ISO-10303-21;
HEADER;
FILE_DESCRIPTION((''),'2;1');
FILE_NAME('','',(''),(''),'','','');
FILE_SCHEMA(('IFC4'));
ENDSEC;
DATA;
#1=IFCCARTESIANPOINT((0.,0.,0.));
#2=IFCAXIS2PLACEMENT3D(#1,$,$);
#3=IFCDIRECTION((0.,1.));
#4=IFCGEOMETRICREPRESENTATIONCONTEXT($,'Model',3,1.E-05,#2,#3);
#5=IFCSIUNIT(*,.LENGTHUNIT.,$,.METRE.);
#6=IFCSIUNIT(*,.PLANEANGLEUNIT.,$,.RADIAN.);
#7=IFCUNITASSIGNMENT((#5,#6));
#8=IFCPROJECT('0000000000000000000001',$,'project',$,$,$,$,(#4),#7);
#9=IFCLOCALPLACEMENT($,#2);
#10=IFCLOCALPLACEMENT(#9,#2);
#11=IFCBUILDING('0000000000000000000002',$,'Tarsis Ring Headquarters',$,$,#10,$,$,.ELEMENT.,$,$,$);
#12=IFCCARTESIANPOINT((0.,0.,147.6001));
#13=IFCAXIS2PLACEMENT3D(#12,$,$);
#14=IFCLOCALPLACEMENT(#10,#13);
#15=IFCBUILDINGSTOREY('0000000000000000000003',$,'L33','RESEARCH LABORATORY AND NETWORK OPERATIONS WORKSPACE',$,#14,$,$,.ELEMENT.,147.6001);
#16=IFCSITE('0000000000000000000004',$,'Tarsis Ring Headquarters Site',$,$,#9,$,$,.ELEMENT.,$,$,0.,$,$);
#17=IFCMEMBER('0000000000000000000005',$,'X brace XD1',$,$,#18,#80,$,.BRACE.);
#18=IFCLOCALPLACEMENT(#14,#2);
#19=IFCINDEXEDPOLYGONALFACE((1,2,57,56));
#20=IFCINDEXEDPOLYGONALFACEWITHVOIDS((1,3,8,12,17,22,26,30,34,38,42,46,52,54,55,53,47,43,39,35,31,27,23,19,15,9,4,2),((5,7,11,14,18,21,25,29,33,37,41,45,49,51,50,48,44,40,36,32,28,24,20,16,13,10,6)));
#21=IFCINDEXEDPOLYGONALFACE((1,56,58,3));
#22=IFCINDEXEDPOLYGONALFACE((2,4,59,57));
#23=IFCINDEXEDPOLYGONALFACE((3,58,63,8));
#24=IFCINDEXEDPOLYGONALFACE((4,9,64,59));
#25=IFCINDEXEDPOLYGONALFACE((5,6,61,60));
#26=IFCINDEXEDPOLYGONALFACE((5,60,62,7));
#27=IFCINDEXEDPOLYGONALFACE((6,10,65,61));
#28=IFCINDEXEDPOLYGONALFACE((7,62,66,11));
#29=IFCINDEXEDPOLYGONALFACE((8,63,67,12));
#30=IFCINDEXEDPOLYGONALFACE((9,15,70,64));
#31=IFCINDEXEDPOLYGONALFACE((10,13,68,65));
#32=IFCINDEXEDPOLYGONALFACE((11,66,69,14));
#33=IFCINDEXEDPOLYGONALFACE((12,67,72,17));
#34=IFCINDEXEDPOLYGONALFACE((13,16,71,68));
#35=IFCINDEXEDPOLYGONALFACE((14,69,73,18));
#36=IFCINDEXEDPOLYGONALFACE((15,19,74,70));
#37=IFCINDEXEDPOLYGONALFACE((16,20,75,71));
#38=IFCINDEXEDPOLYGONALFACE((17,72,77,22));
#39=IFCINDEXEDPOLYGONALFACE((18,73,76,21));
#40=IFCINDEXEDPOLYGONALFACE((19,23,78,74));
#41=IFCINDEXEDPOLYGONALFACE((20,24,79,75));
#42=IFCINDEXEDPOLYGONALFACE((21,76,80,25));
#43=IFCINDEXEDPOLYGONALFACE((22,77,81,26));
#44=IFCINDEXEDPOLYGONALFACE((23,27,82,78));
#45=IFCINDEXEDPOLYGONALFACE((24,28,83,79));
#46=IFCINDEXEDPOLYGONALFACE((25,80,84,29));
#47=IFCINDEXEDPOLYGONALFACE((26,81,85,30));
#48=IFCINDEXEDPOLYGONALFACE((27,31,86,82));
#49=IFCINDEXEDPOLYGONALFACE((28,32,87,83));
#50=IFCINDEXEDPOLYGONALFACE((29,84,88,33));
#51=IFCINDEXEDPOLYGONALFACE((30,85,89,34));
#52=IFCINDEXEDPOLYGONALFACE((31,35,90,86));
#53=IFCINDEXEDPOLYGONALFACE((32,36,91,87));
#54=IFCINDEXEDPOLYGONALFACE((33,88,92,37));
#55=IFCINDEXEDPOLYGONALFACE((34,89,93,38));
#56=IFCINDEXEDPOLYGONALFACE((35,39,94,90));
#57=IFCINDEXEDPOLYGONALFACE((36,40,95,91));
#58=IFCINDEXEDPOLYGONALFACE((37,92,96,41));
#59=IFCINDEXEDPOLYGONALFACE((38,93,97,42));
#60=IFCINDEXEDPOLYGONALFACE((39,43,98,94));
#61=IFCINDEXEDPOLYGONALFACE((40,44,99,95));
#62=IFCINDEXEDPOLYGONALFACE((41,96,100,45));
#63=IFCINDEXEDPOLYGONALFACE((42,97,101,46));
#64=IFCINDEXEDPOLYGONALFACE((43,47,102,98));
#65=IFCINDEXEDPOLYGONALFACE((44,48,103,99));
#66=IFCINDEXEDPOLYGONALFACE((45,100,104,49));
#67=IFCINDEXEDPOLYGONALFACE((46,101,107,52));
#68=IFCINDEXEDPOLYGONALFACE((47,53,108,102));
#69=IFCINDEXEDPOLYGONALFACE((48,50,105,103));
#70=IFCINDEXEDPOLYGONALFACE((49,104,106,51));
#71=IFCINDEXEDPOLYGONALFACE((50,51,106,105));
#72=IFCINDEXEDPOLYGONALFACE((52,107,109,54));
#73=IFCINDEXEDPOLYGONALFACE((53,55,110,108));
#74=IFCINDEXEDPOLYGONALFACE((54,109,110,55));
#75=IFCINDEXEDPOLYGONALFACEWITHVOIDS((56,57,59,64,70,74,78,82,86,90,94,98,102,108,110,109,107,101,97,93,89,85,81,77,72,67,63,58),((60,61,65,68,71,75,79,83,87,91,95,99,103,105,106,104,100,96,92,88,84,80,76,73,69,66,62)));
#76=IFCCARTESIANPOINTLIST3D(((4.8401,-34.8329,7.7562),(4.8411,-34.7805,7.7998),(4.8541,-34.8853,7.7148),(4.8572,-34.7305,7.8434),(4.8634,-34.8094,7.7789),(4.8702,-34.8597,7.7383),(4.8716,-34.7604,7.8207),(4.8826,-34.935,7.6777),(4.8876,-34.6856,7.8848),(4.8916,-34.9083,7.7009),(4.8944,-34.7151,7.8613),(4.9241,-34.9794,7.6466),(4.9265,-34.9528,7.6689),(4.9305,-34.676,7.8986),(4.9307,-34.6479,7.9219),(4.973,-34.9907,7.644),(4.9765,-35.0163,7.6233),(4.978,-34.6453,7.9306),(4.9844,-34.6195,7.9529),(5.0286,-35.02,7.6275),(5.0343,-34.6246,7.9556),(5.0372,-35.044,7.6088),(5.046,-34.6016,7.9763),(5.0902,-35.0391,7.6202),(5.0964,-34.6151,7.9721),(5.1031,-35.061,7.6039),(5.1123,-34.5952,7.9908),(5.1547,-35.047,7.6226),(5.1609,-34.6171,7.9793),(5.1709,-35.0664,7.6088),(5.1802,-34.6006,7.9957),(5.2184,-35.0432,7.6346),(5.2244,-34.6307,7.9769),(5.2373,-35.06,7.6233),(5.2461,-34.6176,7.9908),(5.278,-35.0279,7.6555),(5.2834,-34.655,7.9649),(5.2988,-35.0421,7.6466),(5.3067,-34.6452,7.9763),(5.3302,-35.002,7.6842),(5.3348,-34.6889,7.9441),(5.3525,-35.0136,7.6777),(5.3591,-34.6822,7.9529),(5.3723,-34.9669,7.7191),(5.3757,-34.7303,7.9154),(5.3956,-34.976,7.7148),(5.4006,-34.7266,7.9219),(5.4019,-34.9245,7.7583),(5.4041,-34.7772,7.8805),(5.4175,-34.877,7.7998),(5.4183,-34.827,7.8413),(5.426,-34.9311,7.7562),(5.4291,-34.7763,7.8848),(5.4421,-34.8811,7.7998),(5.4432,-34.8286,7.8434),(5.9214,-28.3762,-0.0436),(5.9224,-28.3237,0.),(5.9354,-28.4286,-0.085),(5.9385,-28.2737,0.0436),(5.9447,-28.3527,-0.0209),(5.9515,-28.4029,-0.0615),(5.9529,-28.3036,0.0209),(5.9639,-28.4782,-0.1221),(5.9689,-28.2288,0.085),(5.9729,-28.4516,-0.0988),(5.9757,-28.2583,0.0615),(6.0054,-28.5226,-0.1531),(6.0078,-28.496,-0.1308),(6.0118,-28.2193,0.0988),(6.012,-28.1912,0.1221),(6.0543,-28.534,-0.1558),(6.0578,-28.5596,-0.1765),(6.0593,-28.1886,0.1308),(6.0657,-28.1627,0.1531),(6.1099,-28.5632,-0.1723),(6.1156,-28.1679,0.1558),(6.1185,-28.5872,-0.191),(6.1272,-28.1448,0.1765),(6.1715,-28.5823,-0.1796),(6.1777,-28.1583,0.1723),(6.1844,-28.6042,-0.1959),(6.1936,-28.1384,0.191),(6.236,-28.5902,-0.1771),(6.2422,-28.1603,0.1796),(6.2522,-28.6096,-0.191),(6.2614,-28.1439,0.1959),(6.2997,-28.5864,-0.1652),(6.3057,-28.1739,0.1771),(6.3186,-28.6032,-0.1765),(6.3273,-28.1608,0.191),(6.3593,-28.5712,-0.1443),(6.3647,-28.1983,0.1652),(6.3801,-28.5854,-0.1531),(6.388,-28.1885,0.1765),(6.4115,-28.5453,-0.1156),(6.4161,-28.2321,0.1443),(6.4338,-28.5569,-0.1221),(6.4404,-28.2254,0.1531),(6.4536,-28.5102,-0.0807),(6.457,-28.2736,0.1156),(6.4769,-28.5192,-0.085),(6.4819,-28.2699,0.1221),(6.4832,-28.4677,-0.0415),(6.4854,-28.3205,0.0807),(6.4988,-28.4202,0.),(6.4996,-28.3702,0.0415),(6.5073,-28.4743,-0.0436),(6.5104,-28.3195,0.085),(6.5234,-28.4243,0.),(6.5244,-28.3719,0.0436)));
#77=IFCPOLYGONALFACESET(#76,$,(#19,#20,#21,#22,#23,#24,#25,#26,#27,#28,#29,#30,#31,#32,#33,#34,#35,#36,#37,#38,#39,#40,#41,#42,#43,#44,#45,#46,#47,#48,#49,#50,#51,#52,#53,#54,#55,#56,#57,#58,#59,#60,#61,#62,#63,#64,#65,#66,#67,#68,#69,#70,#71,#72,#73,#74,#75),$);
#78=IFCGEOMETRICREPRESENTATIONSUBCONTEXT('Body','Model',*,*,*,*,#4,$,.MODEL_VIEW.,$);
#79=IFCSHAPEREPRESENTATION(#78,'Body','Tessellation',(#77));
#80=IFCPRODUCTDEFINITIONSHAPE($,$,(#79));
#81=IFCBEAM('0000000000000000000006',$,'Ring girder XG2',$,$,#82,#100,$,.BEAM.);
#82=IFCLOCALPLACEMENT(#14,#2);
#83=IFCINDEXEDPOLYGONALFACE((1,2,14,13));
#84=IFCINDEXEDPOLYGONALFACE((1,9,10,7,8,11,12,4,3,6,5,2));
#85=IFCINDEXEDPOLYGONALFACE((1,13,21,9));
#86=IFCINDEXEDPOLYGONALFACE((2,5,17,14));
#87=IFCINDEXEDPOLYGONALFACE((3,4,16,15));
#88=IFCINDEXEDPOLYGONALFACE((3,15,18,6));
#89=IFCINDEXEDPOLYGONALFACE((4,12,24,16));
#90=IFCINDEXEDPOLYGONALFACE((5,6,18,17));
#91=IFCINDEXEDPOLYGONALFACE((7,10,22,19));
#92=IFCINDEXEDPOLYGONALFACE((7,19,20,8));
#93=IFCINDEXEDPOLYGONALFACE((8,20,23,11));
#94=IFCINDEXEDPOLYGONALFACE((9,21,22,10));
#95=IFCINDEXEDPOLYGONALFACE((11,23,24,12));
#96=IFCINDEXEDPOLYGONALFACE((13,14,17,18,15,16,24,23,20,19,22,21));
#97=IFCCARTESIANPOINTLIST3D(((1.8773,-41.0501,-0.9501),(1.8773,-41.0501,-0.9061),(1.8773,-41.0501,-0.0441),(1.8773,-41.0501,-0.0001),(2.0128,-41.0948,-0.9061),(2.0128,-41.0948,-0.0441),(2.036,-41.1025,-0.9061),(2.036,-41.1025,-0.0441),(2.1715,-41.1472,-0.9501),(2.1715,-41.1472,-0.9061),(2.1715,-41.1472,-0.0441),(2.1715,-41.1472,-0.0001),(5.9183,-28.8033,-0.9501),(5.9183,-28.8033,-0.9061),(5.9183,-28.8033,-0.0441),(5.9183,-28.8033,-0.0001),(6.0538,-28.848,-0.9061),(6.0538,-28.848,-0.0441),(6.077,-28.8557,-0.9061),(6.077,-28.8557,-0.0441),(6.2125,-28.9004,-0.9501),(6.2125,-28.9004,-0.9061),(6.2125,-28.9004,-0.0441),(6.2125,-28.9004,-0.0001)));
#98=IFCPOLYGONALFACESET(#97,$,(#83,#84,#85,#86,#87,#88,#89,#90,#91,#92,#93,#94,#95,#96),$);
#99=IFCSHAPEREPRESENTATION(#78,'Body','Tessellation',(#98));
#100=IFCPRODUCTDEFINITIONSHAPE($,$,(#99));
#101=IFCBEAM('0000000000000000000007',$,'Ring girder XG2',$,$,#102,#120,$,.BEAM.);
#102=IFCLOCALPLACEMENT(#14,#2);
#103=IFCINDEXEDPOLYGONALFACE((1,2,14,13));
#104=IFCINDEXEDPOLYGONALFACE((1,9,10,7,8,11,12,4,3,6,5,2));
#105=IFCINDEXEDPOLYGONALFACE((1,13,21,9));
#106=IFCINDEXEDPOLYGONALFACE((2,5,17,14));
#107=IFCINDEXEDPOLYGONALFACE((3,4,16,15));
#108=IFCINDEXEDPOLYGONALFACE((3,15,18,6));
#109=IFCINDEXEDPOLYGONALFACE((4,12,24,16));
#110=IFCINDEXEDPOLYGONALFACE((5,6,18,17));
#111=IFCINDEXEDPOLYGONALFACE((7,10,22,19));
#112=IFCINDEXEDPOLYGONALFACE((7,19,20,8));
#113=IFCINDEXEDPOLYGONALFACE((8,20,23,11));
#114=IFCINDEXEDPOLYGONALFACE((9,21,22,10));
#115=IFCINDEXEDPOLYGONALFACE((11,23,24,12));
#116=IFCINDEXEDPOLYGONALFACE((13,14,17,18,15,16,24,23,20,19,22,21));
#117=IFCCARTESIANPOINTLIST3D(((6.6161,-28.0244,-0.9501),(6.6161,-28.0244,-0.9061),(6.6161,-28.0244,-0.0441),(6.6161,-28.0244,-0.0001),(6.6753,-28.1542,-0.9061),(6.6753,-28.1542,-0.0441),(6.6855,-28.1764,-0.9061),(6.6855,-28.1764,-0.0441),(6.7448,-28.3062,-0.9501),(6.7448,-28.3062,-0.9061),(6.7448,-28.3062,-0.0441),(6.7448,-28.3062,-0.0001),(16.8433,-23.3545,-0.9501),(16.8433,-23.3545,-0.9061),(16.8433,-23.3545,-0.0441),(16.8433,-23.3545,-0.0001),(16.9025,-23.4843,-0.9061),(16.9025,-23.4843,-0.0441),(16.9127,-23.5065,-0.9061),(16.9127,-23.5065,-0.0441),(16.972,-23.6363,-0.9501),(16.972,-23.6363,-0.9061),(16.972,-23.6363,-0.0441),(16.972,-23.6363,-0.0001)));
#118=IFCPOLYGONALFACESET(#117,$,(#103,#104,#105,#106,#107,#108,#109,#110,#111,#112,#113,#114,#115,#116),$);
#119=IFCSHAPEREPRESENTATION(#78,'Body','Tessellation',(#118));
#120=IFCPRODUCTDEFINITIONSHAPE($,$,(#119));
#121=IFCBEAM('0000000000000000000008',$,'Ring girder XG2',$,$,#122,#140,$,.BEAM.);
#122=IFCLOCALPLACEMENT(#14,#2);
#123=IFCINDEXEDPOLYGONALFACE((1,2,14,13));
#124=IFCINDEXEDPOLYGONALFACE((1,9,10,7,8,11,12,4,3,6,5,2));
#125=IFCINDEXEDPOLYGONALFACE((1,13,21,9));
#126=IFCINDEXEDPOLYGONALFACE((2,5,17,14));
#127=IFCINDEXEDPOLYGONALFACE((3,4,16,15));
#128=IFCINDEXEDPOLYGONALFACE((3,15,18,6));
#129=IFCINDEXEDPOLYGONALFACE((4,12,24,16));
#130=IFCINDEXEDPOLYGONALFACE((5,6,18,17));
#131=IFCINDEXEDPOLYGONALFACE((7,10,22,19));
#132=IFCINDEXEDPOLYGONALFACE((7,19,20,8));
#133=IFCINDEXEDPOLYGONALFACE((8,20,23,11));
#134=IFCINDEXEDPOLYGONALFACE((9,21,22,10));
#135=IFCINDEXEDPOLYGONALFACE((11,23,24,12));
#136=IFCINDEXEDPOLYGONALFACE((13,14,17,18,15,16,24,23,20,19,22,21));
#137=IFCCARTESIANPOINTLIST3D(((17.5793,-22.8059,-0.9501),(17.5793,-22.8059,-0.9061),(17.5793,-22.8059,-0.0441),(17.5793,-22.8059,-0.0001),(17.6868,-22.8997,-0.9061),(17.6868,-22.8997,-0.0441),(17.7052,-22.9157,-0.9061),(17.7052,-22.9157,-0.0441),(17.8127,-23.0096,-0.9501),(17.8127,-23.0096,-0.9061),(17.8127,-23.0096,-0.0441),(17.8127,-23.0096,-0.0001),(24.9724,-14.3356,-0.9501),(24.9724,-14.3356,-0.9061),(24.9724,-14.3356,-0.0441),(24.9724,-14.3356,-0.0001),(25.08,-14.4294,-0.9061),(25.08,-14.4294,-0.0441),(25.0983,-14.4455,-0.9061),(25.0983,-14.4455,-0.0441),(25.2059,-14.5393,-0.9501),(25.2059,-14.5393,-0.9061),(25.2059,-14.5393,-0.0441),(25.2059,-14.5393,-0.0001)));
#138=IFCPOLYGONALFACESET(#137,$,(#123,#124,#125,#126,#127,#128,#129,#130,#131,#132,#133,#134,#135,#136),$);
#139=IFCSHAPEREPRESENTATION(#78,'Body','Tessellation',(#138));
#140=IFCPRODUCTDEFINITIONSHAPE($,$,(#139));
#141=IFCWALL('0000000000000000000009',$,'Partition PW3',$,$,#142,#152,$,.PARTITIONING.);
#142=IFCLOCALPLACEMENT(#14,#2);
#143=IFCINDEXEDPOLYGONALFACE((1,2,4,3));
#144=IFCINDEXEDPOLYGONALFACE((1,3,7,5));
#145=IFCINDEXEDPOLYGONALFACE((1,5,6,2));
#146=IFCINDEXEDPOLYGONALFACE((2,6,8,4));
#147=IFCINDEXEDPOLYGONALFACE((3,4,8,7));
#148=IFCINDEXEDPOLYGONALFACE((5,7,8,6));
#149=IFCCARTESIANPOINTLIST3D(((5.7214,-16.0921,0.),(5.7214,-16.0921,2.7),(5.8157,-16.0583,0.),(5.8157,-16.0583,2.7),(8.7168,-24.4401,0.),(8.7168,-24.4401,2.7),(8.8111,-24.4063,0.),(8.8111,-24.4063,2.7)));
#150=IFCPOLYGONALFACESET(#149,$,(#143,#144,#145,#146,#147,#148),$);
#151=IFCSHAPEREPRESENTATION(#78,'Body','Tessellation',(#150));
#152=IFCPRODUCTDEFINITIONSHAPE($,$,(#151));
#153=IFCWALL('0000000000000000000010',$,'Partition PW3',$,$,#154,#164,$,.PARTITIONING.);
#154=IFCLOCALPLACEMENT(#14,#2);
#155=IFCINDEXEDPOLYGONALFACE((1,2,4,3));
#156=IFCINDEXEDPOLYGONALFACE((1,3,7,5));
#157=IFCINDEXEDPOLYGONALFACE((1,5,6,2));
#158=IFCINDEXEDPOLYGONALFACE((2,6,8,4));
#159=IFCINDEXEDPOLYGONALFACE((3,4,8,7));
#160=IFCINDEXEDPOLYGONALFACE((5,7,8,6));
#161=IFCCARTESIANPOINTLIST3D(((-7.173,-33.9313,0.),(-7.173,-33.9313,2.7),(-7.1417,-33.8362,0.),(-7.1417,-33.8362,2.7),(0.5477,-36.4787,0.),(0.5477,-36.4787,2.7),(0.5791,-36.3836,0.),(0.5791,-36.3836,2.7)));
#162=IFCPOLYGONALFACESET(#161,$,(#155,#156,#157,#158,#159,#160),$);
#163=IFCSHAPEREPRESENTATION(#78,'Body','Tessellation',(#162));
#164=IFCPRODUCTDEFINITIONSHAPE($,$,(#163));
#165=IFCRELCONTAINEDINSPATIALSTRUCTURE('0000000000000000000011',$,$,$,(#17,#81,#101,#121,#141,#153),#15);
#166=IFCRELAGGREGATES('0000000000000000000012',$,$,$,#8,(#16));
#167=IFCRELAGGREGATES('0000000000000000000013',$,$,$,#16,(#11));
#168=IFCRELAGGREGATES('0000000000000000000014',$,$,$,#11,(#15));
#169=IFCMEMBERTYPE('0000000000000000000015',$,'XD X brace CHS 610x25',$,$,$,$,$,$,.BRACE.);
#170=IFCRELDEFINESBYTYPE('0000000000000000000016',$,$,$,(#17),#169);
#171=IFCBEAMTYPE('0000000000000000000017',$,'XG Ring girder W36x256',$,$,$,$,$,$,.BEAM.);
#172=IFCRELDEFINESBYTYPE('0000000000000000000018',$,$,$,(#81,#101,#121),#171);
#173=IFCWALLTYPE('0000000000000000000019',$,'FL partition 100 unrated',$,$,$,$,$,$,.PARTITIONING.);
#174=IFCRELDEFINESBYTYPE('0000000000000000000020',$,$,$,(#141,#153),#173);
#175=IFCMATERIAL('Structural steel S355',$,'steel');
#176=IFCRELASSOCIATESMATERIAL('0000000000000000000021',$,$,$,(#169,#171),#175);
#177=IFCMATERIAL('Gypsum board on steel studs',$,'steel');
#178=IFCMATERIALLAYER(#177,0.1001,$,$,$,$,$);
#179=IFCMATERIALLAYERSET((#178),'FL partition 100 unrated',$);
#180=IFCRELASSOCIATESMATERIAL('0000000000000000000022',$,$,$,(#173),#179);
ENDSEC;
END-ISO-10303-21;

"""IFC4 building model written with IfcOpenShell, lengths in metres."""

from ifc_helpers import new_model, si_unit, direction, frame, frame_2d, origin, origin_2d, place, context, subcontext, project, spatial, rectangle, hollow_circle, i_section, extrude, material, layer, layer_set, material_profile, profile_set, type_object, element, save


model = new_model("IFC4")

# Units and contexts
model_context = context("Model", 3, precision=1e-05, world=origin(), true_north=direction((0.0, 1.0)))
body_context = subcontext(model_context, "Body", "Model", "MODEL_VIEW")
ifc_project = project(units=[si_unit("LENGTHUNIT", "METRE"), si_unit("PLANEANGLEUNIT", "RADIAN")], contexts=[model_context])

# Site, building, storey
site_placement = place(None, origin())
site = spatial("IfcSite", under=ifc_project, at=site_placement, Name="Tarsis Ring Headquarters Site", CompositionType="ELEMENT", RefElevation=0.0)
building_placement = place(site_placement, origin())
building = spatial("IfcBuilding", under=site, at=building_placement, Name="Tarsis Ring Headquarters", CompositionType="ELEMENT")
storey_placement = place(building_placement, frame((0.0, 0.0, 147.6001)))
storey = spatial("IfcBuildingStorey", under=building, at=storey_placement, Name="L33", Description="RESEARCH LABORATORY AND NETWORK OPERATIONS WORKSPACE", CompositionType="ELEMENT", Elevation=147.6001)

# Shared definitions
ifc_material_1 = material(Name="Structural steel S355", Category="steel")

# Member
ifc_material_profile_1 = material_profile(ifc_material_1, hollow_circle(Radius=0.3047, WallThickness=0.0249, at=origin_2d()), Name="CHS 610x25")
ifc_profile_set_1 = profile_set([ifc_material_profile_1], Name="Structural steel S355")
member_type = type_object("IfcMemberType", Name="XD X brace CHS 610x25", PredefinedType="BRACE", material=ifc_profile_set_1)
member_placement = place(storey_placement, frame((6.2229, -28.374, 0.0), z_axis=(-0.106185, -0.634067, 0.765953), x_axis=(0.986266, -0.165167, 0.0)))
element("IfcMember", 1, at=member_placement, inside=storey, type_object=member_type, Name="X brace XD1", PredefinedType="BRACE", context=body_context, shape_type="SweptSolid", body=[
    extrude(hollow_circle(Radius=0.3047, WallThickness=0.0249, at=origin_2d()), origin(), (0.0, 0.0, 1.0), 10.1831),
])

# Beams
ifc_material_profile_2 = material_profile(ifc_material_1, i_section(OverallWidth=0.3098, OverallDepth=0.95, WebThickness=0.0244, FlangeThickness=0.0439, at=origin_2d()), Name="W36x256")
ifc_profile_set_2 = profile_set([ifc_material_profile_2], Name="Structural steel S355")
beam_type = type_object("IfcBeamType", Name="XG Ring girder W36x256", PredefinedType="BEAM", material=ifc_profile_set_2)
beam_placement = place(storey_placement, frame((2.0244, -41.0986, -0.4751), z_axis=(0.313347, 0.949639, 0.0), x_axis=(-0.949639, 0.313347, 0.0)))
element("IfcBeam", 2, at=beam_placement, inside=storey, type_object=beam_type, Name="Ring girder XG2", PredefinedType="BEAM", context=body_context, shape_type="SweptSolid", body=[
    extrude(i_section(OverallWidth=0.3098, OverallDepth=0.95, WebThickness=0.0244, FlangeThickness=0.0439, at=origin_2d()), origin(), (0.0, 0.0, 1.0), 12.8962),
])
for number, where, z_axis, x_axis, name in (
    (3, (6.6804, -28.1653, -0.4751), (0.909656, 0.415361, 0.0), (-0.415361, 0.909656, 0.0), "Ring girder XG2"),
    (4, (17.696, -22.9077, -0.4751), (0.657579, 0.753386, 0.0), (-0.753386, 0.657579, 0.0), "Ring girder XG2"),
):
    element("IfcBeam", number, at=place(storey_placement, frame(where, z_axis=z_axis, x_axis=x_axis)), inside=storey, type_object=beam_type, Name=name, PredefinedType="BEAM", context=body_context, shape_type="SweptSolid", body=[
        extrude(i_section(OverallWidth=0.3098, OverallDepth=0.95, WebThickness=0.0244, FlangeThickness=0.0439, at=origin_2d()), origin(), (0.0, 0.0, 1.0), 11.2429),
    ])

# Walls
ifc_material_2 = material(Name="Gypsum board on steel studs", Category="steel")
ifc_layer_1 = layer(ifc_material_2, 0.1001)
ifc_layer_set_1 = layer_set([ifc_layer_1], Name="FL partition 100 unrated")
wall_type_1 = type_object("IfcWallType", Name="FL partition 100 unrated", PredefinedType="PARTITIONING", material=ifc_layer_set_1)
wall_1_placement = place(storey_placement, frame((5.7686, -16.0752, 0.0), z_axis=(0.0, 0.0, 1.0), x_axis=(0.337733, -0.941242, 0.0)))
element("IfcWall", 5, at=wall_1_placement, inside=storey, type_object=wall_type_1, Name="Partition PW3", PredefinedType="PARTITIONING", context=body_context, shape_type="SweptSolid", body=[
    extrude(rectangle(XDim=8.8691, YDim=0.1001, at=frame_2d((4.4346, 0.0))), origin(), (0.0, 0.0, 1.0), 2.7),
])
wall_2_placement = place(storey_placement, frame((-7.1572, -33.8838, 0.0), z_axis=(0.0, 0.0, 1.0), x_axis=(0.949646, -0.313325, 0.0)))
element("IfcWall", 6, at=wall_2_placement, inside=storey, type_object=wall_type_1, Name="Partition PW3", PredefinedType="PARTITIONING", context=body_context, shape_type="SweptSolid", body=[
    extrude(rectangle(XDim=8.1301, YDim=0.1001, at=frame_2d((4.0649, 0.0))), origin(), (0.0, 0.0, 1.0), 2.7),
])

save(model, "model.ifc")
